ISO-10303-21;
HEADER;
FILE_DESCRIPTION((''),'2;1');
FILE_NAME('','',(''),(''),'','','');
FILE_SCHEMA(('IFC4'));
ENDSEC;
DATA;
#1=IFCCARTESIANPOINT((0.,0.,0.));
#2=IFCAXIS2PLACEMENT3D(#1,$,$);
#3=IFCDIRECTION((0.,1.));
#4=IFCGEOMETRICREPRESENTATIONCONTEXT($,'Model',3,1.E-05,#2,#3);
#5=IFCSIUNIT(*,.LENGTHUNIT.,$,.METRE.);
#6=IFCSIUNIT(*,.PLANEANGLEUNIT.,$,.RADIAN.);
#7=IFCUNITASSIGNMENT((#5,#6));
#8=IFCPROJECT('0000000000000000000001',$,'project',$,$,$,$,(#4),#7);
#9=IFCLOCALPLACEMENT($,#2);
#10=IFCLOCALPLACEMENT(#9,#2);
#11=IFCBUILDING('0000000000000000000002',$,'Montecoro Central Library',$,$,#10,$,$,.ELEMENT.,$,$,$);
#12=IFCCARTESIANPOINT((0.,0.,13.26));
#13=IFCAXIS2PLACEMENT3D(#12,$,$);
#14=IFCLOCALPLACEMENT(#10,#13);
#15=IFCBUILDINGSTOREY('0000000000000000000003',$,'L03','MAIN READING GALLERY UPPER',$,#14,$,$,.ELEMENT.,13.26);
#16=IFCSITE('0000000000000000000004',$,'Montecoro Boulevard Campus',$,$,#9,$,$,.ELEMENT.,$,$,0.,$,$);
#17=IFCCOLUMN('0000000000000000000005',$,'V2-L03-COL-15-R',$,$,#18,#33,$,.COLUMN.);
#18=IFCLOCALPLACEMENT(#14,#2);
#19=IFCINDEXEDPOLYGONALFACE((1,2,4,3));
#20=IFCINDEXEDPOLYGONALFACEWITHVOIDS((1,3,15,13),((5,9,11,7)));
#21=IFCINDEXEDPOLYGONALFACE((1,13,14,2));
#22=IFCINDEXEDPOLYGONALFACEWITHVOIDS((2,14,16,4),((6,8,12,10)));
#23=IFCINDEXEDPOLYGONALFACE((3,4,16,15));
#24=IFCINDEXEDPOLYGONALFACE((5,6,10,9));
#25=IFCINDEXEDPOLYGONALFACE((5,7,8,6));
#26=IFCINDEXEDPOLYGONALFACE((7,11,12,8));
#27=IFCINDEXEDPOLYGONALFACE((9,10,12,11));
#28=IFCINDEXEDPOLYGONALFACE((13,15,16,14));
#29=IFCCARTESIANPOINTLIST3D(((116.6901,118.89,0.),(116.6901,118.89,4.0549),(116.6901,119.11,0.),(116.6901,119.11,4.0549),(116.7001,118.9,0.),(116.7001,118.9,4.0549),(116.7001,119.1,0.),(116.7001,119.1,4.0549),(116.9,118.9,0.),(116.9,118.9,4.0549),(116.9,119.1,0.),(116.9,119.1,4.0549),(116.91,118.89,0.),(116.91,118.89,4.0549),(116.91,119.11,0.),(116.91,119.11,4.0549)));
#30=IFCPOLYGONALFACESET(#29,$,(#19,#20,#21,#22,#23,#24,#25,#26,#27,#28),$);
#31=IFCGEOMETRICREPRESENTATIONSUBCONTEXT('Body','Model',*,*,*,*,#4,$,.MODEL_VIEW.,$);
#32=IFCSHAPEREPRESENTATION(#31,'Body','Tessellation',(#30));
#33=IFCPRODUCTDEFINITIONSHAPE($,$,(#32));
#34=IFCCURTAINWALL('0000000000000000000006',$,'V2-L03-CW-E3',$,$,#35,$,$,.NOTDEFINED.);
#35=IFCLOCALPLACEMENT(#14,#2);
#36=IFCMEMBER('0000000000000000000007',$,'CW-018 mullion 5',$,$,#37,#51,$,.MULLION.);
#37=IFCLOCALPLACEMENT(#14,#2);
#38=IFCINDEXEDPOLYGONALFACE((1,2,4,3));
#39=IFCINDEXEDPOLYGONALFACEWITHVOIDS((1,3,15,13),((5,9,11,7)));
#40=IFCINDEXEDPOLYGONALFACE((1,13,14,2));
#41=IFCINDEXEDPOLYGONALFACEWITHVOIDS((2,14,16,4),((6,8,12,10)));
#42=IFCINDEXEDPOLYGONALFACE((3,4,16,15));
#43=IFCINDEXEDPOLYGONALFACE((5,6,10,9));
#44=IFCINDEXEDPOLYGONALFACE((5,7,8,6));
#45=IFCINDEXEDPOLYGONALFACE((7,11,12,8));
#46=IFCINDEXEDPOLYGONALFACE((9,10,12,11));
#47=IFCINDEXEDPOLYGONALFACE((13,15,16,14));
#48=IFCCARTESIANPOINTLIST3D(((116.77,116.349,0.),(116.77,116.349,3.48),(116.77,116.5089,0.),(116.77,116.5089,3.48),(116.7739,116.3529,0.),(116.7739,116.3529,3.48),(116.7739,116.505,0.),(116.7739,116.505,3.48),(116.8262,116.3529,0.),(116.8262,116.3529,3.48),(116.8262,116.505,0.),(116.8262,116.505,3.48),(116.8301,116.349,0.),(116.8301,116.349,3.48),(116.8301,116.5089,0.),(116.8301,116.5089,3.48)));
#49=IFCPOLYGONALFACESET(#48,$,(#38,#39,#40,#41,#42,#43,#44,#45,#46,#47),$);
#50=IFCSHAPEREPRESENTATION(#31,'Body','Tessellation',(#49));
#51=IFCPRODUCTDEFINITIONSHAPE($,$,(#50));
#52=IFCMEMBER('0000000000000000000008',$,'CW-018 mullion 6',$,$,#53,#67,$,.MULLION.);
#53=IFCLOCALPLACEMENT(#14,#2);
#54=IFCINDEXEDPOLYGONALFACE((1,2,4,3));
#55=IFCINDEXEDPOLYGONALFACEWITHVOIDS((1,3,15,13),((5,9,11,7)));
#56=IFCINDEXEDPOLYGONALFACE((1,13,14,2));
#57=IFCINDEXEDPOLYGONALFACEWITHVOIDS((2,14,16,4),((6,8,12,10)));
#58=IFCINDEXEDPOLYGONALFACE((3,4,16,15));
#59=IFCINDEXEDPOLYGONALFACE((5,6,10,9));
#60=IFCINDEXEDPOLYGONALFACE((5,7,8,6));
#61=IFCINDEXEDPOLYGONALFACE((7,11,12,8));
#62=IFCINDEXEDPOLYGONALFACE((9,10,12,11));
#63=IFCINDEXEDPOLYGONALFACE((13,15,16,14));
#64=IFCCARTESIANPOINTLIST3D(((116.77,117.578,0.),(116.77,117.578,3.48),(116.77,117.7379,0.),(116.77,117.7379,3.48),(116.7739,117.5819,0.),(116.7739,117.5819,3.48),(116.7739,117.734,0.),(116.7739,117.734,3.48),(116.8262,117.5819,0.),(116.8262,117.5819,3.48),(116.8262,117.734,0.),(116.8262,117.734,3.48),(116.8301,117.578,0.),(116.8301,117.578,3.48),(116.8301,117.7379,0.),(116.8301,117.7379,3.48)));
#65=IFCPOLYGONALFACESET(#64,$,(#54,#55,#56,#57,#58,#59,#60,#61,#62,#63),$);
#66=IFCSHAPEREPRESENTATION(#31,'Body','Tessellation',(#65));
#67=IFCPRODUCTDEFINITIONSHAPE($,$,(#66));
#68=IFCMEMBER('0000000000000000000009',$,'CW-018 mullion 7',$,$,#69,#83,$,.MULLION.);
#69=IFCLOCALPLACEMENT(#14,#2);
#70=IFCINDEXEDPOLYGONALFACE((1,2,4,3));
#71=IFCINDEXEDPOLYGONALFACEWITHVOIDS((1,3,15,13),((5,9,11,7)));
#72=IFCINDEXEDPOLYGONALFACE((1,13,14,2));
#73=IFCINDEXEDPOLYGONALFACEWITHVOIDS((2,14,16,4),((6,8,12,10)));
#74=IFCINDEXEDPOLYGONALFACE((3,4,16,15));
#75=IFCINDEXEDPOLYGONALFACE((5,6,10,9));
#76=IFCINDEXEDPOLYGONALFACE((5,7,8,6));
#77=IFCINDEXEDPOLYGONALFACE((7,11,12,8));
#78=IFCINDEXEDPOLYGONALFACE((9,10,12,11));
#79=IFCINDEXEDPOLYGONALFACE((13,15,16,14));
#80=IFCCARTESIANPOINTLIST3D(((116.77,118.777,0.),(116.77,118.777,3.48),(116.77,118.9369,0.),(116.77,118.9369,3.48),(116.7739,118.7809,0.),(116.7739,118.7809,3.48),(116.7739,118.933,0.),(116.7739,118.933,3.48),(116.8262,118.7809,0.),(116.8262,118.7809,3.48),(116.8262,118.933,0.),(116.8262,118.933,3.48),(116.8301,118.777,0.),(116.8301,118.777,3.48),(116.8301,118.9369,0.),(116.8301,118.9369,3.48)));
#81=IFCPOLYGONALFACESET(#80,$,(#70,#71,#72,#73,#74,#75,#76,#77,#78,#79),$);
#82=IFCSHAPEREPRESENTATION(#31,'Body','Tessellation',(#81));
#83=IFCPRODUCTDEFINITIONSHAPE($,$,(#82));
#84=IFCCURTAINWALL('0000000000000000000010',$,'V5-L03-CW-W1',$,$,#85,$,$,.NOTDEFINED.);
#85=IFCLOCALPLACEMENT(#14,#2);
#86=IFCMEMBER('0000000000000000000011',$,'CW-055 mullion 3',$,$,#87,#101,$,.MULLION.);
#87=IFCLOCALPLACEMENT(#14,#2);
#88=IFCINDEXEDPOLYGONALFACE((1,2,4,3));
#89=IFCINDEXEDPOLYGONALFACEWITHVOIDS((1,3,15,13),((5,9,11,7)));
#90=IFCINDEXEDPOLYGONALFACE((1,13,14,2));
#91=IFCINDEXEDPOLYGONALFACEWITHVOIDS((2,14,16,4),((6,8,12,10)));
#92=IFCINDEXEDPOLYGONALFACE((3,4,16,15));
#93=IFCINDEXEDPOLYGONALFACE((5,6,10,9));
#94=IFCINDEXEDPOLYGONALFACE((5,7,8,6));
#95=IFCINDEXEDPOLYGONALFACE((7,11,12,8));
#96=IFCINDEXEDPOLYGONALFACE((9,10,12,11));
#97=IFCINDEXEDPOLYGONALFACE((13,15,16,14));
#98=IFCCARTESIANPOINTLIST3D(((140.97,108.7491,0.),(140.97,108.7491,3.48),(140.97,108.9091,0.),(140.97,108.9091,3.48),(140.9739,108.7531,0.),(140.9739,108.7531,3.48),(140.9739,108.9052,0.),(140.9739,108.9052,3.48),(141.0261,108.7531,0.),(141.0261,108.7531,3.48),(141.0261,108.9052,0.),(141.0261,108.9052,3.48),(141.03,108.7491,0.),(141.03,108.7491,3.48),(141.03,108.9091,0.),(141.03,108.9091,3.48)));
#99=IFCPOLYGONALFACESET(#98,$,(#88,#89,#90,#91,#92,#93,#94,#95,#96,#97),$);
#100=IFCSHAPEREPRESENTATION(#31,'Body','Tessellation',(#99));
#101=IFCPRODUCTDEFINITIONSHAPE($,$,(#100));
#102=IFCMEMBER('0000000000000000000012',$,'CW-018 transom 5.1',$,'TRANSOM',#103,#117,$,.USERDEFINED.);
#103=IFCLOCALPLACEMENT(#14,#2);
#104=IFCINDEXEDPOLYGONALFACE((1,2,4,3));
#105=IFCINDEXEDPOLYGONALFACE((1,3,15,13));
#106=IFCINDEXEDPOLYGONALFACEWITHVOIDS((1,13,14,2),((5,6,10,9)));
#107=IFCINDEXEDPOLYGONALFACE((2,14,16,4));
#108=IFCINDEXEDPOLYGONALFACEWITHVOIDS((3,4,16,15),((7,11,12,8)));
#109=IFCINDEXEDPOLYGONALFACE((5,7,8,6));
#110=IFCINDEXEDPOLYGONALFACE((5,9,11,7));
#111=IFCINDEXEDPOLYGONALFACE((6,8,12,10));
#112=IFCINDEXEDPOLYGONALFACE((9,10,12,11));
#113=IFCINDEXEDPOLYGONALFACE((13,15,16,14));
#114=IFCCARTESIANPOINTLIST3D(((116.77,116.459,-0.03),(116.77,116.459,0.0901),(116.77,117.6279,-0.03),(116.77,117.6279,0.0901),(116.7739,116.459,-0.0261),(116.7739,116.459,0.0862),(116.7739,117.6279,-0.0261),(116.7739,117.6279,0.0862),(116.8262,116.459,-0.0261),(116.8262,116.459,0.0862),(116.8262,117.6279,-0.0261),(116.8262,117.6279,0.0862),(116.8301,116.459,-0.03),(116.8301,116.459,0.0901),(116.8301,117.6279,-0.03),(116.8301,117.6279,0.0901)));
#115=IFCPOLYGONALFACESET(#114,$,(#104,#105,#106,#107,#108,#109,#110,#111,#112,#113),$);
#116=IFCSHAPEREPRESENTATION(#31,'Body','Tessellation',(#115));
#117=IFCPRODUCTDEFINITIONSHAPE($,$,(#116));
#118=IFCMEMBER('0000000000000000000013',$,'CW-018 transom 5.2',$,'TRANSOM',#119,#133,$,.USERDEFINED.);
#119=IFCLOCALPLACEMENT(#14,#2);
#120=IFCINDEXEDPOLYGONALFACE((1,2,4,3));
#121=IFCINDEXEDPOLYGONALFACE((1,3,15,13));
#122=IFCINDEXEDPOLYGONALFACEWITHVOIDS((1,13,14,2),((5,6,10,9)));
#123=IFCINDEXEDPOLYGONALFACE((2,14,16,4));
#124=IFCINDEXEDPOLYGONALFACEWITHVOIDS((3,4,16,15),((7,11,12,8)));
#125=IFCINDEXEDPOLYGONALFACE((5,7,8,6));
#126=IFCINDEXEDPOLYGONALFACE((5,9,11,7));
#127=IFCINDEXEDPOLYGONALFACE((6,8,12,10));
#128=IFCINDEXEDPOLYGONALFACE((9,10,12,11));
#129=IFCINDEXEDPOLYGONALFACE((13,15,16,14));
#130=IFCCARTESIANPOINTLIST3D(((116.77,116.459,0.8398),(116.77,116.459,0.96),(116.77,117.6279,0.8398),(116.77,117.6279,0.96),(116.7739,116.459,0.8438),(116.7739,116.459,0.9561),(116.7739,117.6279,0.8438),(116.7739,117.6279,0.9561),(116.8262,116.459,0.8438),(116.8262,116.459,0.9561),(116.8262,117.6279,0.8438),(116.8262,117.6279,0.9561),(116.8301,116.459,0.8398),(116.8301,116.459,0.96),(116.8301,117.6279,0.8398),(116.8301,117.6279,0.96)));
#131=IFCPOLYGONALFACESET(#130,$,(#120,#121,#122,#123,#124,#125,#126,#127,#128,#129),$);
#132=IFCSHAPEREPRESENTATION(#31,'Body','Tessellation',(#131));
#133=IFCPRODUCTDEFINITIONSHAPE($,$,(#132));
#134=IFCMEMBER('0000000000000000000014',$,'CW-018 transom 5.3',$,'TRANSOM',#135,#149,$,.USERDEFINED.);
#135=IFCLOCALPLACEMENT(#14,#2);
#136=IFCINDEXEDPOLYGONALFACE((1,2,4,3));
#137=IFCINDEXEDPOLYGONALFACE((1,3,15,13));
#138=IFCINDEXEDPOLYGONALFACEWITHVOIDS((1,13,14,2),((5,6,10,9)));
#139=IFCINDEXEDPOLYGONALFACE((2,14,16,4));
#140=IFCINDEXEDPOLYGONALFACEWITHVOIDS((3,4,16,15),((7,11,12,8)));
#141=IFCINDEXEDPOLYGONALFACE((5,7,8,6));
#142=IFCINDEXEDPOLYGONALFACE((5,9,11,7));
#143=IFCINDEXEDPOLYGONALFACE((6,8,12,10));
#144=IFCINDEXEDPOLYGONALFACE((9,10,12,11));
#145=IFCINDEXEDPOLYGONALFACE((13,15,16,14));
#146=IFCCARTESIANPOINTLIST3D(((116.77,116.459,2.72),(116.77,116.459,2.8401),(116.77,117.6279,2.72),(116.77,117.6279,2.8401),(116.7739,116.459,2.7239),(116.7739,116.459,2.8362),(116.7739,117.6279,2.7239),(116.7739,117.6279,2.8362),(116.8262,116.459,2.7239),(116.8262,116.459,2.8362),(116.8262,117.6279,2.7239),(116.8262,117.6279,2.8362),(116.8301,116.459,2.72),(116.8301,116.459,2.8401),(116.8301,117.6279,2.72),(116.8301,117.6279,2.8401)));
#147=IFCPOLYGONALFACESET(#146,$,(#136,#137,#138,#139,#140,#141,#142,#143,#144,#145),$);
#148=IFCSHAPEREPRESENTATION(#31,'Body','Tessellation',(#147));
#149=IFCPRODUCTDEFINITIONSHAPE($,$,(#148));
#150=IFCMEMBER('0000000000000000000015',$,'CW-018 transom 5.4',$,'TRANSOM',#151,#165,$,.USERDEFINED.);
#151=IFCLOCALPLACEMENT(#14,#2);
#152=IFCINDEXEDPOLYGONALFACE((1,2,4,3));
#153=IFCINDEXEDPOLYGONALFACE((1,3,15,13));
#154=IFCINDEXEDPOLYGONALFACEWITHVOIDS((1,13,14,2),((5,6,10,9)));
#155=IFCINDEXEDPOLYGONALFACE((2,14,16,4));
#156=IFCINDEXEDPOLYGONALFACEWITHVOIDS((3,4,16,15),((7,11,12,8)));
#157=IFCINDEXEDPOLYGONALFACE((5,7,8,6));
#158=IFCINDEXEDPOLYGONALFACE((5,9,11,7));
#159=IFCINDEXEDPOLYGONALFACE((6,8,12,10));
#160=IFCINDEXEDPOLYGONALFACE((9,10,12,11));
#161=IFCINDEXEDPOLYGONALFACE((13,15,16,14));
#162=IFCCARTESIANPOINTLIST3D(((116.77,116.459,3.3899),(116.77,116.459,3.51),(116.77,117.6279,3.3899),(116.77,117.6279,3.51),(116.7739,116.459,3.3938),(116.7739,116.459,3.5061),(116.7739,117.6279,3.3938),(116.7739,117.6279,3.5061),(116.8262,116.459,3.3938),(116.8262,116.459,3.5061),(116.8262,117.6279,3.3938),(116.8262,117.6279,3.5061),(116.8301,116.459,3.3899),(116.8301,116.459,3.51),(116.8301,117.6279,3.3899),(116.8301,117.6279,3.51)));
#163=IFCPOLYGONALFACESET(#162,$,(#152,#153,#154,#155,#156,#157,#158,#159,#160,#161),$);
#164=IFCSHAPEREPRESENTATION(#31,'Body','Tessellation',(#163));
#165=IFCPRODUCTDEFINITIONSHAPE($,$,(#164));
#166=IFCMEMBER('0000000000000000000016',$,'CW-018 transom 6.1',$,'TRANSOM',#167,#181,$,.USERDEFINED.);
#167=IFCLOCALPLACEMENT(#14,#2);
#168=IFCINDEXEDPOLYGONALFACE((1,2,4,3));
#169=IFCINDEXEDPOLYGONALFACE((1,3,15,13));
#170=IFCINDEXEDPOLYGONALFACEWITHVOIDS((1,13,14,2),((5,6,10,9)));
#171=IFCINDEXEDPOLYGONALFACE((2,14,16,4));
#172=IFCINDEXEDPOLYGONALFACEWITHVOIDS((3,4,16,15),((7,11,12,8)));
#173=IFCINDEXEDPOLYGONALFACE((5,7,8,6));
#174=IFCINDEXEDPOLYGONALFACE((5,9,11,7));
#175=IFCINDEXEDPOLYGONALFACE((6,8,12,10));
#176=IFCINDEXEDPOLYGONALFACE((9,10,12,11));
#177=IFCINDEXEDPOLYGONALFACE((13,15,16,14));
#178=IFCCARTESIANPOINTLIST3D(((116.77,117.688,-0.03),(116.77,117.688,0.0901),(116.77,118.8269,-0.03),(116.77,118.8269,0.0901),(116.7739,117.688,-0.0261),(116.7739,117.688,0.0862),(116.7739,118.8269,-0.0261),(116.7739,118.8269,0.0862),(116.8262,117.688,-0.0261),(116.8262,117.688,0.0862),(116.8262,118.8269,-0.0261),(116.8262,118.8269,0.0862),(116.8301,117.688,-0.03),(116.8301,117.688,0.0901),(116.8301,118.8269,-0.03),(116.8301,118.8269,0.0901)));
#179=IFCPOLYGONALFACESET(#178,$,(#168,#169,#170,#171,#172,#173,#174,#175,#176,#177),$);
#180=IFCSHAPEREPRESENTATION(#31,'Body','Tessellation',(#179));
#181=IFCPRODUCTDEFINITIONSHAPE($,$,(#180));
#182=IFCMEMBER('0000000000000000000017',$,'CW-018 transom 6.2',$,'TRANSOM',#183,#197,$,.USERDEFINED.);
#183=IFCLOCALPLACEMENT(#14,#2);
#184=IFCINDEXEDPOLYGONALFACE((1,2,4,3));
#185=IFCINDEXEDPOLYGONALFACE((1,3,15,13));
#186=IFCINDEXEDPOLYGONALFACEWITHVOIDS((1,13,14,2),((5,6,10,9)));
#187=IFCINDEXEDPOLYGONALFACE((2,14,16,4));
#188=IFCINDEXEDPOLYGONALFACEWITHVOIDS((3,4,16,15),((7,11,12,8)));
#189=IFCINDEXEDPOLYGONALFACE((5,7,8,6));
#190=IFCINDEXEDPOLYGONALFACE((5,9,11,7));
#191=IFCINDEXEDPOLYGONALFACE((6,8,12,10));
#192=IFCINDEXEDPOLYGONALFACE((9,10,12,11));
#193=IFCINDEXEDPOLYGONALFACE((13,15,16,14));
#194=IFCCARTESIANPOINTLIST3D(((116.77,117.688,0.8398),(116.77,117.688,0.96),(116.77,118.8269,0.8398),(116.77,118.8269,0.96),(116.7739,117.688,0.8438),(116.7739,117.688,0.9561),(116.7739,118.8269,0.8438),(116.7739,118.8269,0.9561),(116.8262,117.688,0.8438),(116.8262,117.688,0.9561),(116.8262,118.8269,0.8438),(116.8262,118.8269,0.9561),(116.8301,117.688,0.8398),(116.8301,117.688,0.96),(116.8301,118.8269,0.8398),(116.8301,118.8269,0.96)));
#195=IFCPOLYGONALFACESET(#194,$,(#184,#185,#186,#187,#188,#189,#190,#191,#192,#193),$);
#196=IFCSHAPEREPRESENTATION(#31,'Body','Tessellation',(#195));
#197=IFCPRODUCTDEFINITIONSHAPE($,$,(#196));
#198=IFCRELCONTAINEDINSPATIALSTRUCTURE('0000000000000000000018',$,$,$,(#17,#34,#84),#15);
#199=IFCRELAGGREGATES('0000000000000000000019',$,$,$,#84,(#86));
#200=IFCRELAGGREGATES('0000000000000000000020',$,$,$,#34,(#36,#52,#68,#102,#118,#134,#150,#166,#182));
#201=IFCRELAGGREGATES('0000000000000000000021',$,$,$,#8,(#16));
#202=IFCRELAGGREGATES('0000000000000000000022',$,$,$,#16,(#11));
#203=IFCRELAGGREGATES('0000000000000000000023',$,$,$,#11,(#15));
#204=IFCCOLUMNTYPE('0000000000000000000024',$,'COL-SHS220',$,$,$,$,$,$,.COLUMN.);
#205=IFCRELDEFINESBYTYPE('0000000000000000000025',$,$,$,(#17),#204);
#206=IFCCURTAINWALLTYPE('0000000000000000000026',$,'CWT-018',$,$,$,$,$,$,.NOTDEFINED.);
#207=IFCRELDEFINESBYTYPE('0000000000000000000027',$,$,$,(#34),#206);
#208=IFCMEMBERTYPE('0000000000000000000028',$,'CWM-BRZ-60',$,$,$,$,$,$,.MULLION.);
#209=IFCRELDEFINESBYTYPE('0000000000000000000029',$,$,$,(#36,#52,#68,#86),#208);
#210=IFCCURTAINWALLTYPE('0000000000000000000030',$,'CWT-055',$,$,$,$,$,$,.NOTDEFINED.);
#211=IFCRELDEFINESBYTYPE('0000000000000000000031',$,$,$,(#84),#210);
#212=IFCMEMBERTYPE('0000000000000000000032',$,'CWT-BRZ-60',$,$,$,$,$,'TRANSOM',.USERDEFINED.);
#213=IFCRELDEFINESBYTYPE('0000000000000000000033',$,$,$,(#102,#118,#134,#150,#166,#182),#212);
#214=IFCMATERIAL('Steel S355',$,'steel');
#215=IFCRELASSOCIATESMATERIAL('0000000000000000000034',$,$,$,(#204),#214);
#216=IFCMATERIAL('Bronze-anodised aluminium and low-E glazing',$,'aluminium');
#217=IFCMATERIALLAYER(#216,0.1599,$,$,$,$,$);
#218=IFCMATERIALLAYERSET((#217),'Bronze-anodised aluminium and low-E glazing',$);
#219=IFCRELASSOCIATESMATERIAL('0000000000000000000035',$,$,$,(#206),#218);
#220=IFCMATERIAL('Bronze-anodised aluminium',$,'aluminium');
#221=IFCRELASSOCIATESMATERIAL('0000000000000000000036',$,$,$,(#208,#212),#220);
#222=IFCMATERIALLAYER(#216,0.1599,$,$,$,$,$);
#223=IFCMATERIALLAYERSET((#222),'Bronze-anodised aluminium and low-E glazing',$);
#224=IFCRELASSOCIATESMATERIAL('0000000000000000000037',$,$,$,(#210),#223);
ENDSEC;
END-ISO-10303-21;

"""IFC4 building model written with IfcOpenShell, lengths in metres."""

from ifc_helpers import new_model, si_unit, direction, frame, origin, origin_2d, place, context, subcontext, project, spatial, hollow_rectangle, extrude, material, layer, layer_set, material_profile, profile_set, type_object, element, aggregate, save


model = new_model("IFC4")

# Units and contexts
model_context = context("Model", 3, precision=1e-05, world=origin(), true_north=direction((0.0, 1.0)))
body_context = subcontext(model_context, "Body", "Model", "MODEL_VIEW")
ifc_project = project(units=[si_unit("LENGTHUNIT", "METRE"), si_unit("PLANEANGLEUNIT", "RADIAN")], contexts=[model_context])

# Site, building, storey
site_placement = place(None, origin())
site = spatial("IfcSite", under=ifc_project, at=site_placement, Name="Montecoro Boulevard Campus", CompositionType="ELEMENT", RefElevation=0.0)
building_placement = place(site_placement, origin())
building = spatial("IfcBuilding", under=site, at=building_placement, Name="Montecoro Central Library", CompositionType="ELEMENT")
storey_placement = place(building_placement, frame((0.0, 0.0, 13.26)))
storey = spatial("IfcBuildingStorey", under=building, at=storey_placement, Name="L03", Description="MAIN READING GALLERY UPPER", CompositionType="ELEMENT", Elevation=13.26)

# Column
ifc_material_1 = material(Name="Steel S355", Category="steel")
ifc_material_profile_1 = material_profile(ifc_material_1, hollow_rectangle(XDim=0.22, YDim=0.22, WallThickness=0.01, at=origin_2d()), Name="SHS 220x220x10.0")
ifc_profile_set_1 = profile_set([ifc_material_profile_1], Name="Steel S355")
column_type = type_object("IfcColumnType", Name="COL-SHS220", PredefinedType="COLUMN", material=ifc_profile_set_1)
column_placement = place(storey_placement, frame((116.8, 119.0, 0.0), z_axis=(0.0, 0.0, 1.0), x_axis=(1.0, 0.0, 0.0)))
element("IfcColumn", 1, at=column_placement, inside=storey, type_object=column_type, Name="V2-L03-COL-15-R", PredefinedType="COLUMN", context=body_context, shape_type="SweptSolid", body=[
    extrude(hollow_rectangle(XDim=0.22, YDim=0.22, WallThickness=0.01, at=origin_2d()), origin(), (0.0, 0.0, 1.0), 4.0549),
])

# Curtain wall, members
ifc_material_2 = material(Name="Bronze-anodised aluminium and low-E glazing", Category="aluminium")
ifc_layer_1 = layer(ifc_material_2, 0.1599)
ifc_layer_set_1 = layer_set([ifc_layer_1], Name="Bronze-anodised aluminium and low-E glazing")
curtain_wall_type_1 = type_object("IfcCurtainWallType", Name="CWT-018", PredefinedType="NOTDEFINED", material=ifc_layer_set_1)
curtain_wall_1_placement = place(storey_placement, origin())
curtain_wall_1 = element("IfcCurtainWall", 2, at=curtain_wall_1_placement, inside=storey, type_object=curtain_wall_type_1, Name="V2-L03-CW-E3", PredefinedType="NOTDEFINED")
ifc_material_3 = material(Name="Bronze-anodised aluminium", Category="aluminium")
ifc_material_profile_2 = material_profile(ifc_material_3, hollow_rectangle(XDim=0.0601, YDim=0.1599, WallThickness=0.0039, at=origin_2d()), Name="CWM 160x60x4.0")
ifc_profile_set_2 = profile_set([ifc_material_profile_2], Name="Bronze-anodised aluminium")
member_type_1 = type_object("IfcMemberType", Name="CWM-BRZ-60", PredefinedType="MULLION", material=ifc_profile_set_2)
member_1_placement = place(storey_placement, frame((116.8, 116.429, 0.0), z_axis=(0.0, 0.0, 1.0), x_axis=(-1.0, 0.0, 0.0)))
member_1 = element("IfcMember", 3, at=member_1_placement, type_object=member_type_1, Name="CW-018 mullion 5", PredefinedType="MULLION", context=body_context, shape_type="SweptSolid", body=[
    extrude(hollow_rectangle(XDim=0.0601, YDim=0.1599, WallThickness=0.0039, at=origin_2d()), origin(), (0.0, 0.0, 1.0), 3.48),
])
member_2_placement = place(storey_placement, frame((116.8, 117.658, 0.0), z_axis=(0.0, 0.0, 1.0), x_axis=(-1.0, 0.0, 0.0)))
member_2 = element("IfcMember", 4, at=member_2_placement, type_object=member_type_1, Name="CW-018 mullion 6", PredefinedType="MULLION", context=body_context, shape_type="SweptSolid", body=[
    extrude(hollow_rectangle(XDim=0.0601, YDim=0.1599, WallThickness=0.0039, at=origin_2d()), origin(), (0.0, 0.0, 1.0), 3.48),
])
member_3_placement = place(storey_placement, frame((116.8, 118.8569, 0.0), z_axis=(0.0, 0.0, 1.0), x_axis=(-1.0, 0.0, 0.0)))
member_3 = element("IfcMember", 5, at=member_3_placement, type_object=member_type_1, Name="CW-018 mullion 7", PredefinedType="MULLION", context=body_context, shape_type="SweptSolid", body=[
    extrude(hollow_rectangle(XDim=0.0601, YDim=0.1599, WallThickness=0.0039, at=origin_2d()), origin(), (0.0, 0.0, 1.0), 3.48),
])

# Curtain wall, member
ifc_layer_2 = layer(ifc_material_2, 0.1599)
ifc_layer_set_2 = layer_set([ifc_layer_2], Name="Bronze-anodised aluminium and low-E glazing")
curtain_wall_type_2 = type_object("IfcCurtainWallType", Name="CWT-055", PredefinedType="NOTDEFINED", material=ifc_layer_set_2)
curtain_wall_2_placement = place(storey_placement, origin())
curtain_wall_2 = element("IfcCurtainWall", 6, at=curtain_wall_2_placement, inside=storey, type_object=curtain_wall_type_2, Name="V5-L03-CW-W1", PredefinedType="NOTDEFINED")
member_4_placement = place(storey_placement, frame((141.0, 108.8291, 0.0), z_axis=(0.0, 0.0, 1.0), x_axis=(1.0, 0.0, 0.0)))
member_4 = element("IfcMember", 7, at=member_4_placement, type_object=member_type_1, Name="CW-055 mullion 3", PredefinedType="MULLION", context=body_context, shape_type="SweptSolid", body=[
    extrude(hollow_rectangle(XDim=0.0601, YDim=0.1599, WallThickness=0.0039, at=origin_2d()), origin(), (0.0, 0.0, 1.0), 3.48),
])

# Members
ifc_material_profile_3 = material_profile(ifc_material_3, hollow_rectangle(XDim=0.0601, YDim=0.1201, WallThickness=0.0039, at=origin_2d()), Name="CWT 120x60x4.0")
ifc_profile_set_3 = profile_set([ifc_material_profile_3], Name="Bronze-anodised aluminium")
member_type_2 = type_object("IfcMemberType", Name="CWT-BRZ-60", ElementType="TRANSOM", PredefinedType="USERDEFINED", material=ifc_profile_set_3)
member_5_placement = place(storey_placement, frame((116.8, 116.459, 0.03), z_axis=(0.0, 1.0, 0.0), x_axis=(-1.0, 0.0, 0.0)))
member_5 = element("IfcMember", 8, at=member_5_placement, type_object=member_type_2, Name="CW-018 transom 5.1", ObjectType="TRANSOM", PredefinedType="USERDEFINED", context=body_context, shape_type="SweptSolid", body=[
    extrude(hollow_rectangle(XDim=0.0601, YDim=0.1201, WallThickness=0.0039, at=origin_2d()), origin(), (0.0, 0.0, 1.0), 1.1689),
])
member_6_placement = place(storey_placement, frame((116.8, 116.459, 0.8999), z_axis=(0.0, 1.0, 0.0), x_axis=(-1.0, 0.0, 0.0)))
member_6 = element("IfcMember", 9, at=member_6_placement, type_object=member_type_2, Name="CW-018 transom 5.2", ObjectType="TRANSOM", PredefinedType="USERDEFINED", context=body_context, shape_type="SweptSolid", body=[
    extrude(hollow_rectangle(XDim=0.0601, YDim=0.1201, WallThickness=0.0039, at=origin_2d()), origin(), (0.0, 0.0, 1.0), 1.1689),
])
member_7_placement = place(storey_placement, frame((116.8, 116.459, 2.78), z_axis=(0.0, 1.0, 0.0), x_axis=(-1.0, 0.0, 0.0)))
member_7 = element("IfcMember", 10, at=member_7_placement, type_object=member_type_2, Name="CW-018 transom 5.3", ObjectType="TRANSOM", PredefinedType="USERDEFINED", context=body_context, shape_type="SweptSolid", body=[
    extrude(hollow_rectangle(XDim=0.0601, YDim=0.1201, WallThickness=0.0039, at=origin_2d()), origin(), (0.0, 0.0, 1.0), 1.1689),
])
member_8_placement = place(storey_placement, frame((116.8, 116.459, 3.45), z_axis=(0.0, 1.0, 0.0), x_axis=(-1.0, 0.0, 0.0)))
member_8 = element("IfcMember", 11, at=member_8_placement, type_object=member_type_2, Name="CW-018 transom 5.4", ObjectType="TRANSOM", PredefinedType="USERDEFINED", context=body_context, shape_type="SweptSolid", body=[
    extrude(hollow_rectangle(XDim=0.0601, YDim=0.1201, WallThickness=0.0039, at=origin_2d()), origin(), (0.0, 0.0, 1.0), 1.1689),
])
member_9_placement = place(storey_placement, frame((116.8, 117.688, 0.03), z_axis=(0.0, 1.0, 0.0), x_axis=(-1.0, 0.0, 0.0)))
member_9 = element("IfcMember", 12, at=member_9_placement, type_object=member_type_2, Name="CW-018 transom 6.1", ObjectType="TRANSOM", PredefinedType="USERDEFINED", context=body_context, shape_type="SweptSolid", body=[
    extrude(hollow_rectangle(XDim=0.0601, YDim=0.1201, WallThickness=0.0039, at=origin_2d()), origin(), (0.0, 0.0, 1.0), 1.1389),
])
member_10_placement = place(storey_placement, frame((116.8, 117.688, 0.8999), z_axis=(0.0, 1.0, 0.0), x_axis=(-1.0, 0.0, 0.0)))
member_10 = element("IfcMember", 13, at=member_10_placement, type_object=member_type_2, Name="CW-018 transom 6.2", ObjectType="TRANSOM", PredefinedType="USERDEFINED", context=body_context, shape_type="SweptSolid", body=[
    extrude(hollow_rectangle(XDim=0.0601, YDim=0.1201, WallThickness=0.0039, at=origin_2d()), origin(), (0.0, 0.0, 1.0), 1.1389),
])

aggregate(curtain_wall_2, [member_4])
aggregate(curtain_wall_1, [member_1, member_2, member_3, member_5, member_6, member_7, member_8, member_9, member_10])

save(model, "model.ifc")
